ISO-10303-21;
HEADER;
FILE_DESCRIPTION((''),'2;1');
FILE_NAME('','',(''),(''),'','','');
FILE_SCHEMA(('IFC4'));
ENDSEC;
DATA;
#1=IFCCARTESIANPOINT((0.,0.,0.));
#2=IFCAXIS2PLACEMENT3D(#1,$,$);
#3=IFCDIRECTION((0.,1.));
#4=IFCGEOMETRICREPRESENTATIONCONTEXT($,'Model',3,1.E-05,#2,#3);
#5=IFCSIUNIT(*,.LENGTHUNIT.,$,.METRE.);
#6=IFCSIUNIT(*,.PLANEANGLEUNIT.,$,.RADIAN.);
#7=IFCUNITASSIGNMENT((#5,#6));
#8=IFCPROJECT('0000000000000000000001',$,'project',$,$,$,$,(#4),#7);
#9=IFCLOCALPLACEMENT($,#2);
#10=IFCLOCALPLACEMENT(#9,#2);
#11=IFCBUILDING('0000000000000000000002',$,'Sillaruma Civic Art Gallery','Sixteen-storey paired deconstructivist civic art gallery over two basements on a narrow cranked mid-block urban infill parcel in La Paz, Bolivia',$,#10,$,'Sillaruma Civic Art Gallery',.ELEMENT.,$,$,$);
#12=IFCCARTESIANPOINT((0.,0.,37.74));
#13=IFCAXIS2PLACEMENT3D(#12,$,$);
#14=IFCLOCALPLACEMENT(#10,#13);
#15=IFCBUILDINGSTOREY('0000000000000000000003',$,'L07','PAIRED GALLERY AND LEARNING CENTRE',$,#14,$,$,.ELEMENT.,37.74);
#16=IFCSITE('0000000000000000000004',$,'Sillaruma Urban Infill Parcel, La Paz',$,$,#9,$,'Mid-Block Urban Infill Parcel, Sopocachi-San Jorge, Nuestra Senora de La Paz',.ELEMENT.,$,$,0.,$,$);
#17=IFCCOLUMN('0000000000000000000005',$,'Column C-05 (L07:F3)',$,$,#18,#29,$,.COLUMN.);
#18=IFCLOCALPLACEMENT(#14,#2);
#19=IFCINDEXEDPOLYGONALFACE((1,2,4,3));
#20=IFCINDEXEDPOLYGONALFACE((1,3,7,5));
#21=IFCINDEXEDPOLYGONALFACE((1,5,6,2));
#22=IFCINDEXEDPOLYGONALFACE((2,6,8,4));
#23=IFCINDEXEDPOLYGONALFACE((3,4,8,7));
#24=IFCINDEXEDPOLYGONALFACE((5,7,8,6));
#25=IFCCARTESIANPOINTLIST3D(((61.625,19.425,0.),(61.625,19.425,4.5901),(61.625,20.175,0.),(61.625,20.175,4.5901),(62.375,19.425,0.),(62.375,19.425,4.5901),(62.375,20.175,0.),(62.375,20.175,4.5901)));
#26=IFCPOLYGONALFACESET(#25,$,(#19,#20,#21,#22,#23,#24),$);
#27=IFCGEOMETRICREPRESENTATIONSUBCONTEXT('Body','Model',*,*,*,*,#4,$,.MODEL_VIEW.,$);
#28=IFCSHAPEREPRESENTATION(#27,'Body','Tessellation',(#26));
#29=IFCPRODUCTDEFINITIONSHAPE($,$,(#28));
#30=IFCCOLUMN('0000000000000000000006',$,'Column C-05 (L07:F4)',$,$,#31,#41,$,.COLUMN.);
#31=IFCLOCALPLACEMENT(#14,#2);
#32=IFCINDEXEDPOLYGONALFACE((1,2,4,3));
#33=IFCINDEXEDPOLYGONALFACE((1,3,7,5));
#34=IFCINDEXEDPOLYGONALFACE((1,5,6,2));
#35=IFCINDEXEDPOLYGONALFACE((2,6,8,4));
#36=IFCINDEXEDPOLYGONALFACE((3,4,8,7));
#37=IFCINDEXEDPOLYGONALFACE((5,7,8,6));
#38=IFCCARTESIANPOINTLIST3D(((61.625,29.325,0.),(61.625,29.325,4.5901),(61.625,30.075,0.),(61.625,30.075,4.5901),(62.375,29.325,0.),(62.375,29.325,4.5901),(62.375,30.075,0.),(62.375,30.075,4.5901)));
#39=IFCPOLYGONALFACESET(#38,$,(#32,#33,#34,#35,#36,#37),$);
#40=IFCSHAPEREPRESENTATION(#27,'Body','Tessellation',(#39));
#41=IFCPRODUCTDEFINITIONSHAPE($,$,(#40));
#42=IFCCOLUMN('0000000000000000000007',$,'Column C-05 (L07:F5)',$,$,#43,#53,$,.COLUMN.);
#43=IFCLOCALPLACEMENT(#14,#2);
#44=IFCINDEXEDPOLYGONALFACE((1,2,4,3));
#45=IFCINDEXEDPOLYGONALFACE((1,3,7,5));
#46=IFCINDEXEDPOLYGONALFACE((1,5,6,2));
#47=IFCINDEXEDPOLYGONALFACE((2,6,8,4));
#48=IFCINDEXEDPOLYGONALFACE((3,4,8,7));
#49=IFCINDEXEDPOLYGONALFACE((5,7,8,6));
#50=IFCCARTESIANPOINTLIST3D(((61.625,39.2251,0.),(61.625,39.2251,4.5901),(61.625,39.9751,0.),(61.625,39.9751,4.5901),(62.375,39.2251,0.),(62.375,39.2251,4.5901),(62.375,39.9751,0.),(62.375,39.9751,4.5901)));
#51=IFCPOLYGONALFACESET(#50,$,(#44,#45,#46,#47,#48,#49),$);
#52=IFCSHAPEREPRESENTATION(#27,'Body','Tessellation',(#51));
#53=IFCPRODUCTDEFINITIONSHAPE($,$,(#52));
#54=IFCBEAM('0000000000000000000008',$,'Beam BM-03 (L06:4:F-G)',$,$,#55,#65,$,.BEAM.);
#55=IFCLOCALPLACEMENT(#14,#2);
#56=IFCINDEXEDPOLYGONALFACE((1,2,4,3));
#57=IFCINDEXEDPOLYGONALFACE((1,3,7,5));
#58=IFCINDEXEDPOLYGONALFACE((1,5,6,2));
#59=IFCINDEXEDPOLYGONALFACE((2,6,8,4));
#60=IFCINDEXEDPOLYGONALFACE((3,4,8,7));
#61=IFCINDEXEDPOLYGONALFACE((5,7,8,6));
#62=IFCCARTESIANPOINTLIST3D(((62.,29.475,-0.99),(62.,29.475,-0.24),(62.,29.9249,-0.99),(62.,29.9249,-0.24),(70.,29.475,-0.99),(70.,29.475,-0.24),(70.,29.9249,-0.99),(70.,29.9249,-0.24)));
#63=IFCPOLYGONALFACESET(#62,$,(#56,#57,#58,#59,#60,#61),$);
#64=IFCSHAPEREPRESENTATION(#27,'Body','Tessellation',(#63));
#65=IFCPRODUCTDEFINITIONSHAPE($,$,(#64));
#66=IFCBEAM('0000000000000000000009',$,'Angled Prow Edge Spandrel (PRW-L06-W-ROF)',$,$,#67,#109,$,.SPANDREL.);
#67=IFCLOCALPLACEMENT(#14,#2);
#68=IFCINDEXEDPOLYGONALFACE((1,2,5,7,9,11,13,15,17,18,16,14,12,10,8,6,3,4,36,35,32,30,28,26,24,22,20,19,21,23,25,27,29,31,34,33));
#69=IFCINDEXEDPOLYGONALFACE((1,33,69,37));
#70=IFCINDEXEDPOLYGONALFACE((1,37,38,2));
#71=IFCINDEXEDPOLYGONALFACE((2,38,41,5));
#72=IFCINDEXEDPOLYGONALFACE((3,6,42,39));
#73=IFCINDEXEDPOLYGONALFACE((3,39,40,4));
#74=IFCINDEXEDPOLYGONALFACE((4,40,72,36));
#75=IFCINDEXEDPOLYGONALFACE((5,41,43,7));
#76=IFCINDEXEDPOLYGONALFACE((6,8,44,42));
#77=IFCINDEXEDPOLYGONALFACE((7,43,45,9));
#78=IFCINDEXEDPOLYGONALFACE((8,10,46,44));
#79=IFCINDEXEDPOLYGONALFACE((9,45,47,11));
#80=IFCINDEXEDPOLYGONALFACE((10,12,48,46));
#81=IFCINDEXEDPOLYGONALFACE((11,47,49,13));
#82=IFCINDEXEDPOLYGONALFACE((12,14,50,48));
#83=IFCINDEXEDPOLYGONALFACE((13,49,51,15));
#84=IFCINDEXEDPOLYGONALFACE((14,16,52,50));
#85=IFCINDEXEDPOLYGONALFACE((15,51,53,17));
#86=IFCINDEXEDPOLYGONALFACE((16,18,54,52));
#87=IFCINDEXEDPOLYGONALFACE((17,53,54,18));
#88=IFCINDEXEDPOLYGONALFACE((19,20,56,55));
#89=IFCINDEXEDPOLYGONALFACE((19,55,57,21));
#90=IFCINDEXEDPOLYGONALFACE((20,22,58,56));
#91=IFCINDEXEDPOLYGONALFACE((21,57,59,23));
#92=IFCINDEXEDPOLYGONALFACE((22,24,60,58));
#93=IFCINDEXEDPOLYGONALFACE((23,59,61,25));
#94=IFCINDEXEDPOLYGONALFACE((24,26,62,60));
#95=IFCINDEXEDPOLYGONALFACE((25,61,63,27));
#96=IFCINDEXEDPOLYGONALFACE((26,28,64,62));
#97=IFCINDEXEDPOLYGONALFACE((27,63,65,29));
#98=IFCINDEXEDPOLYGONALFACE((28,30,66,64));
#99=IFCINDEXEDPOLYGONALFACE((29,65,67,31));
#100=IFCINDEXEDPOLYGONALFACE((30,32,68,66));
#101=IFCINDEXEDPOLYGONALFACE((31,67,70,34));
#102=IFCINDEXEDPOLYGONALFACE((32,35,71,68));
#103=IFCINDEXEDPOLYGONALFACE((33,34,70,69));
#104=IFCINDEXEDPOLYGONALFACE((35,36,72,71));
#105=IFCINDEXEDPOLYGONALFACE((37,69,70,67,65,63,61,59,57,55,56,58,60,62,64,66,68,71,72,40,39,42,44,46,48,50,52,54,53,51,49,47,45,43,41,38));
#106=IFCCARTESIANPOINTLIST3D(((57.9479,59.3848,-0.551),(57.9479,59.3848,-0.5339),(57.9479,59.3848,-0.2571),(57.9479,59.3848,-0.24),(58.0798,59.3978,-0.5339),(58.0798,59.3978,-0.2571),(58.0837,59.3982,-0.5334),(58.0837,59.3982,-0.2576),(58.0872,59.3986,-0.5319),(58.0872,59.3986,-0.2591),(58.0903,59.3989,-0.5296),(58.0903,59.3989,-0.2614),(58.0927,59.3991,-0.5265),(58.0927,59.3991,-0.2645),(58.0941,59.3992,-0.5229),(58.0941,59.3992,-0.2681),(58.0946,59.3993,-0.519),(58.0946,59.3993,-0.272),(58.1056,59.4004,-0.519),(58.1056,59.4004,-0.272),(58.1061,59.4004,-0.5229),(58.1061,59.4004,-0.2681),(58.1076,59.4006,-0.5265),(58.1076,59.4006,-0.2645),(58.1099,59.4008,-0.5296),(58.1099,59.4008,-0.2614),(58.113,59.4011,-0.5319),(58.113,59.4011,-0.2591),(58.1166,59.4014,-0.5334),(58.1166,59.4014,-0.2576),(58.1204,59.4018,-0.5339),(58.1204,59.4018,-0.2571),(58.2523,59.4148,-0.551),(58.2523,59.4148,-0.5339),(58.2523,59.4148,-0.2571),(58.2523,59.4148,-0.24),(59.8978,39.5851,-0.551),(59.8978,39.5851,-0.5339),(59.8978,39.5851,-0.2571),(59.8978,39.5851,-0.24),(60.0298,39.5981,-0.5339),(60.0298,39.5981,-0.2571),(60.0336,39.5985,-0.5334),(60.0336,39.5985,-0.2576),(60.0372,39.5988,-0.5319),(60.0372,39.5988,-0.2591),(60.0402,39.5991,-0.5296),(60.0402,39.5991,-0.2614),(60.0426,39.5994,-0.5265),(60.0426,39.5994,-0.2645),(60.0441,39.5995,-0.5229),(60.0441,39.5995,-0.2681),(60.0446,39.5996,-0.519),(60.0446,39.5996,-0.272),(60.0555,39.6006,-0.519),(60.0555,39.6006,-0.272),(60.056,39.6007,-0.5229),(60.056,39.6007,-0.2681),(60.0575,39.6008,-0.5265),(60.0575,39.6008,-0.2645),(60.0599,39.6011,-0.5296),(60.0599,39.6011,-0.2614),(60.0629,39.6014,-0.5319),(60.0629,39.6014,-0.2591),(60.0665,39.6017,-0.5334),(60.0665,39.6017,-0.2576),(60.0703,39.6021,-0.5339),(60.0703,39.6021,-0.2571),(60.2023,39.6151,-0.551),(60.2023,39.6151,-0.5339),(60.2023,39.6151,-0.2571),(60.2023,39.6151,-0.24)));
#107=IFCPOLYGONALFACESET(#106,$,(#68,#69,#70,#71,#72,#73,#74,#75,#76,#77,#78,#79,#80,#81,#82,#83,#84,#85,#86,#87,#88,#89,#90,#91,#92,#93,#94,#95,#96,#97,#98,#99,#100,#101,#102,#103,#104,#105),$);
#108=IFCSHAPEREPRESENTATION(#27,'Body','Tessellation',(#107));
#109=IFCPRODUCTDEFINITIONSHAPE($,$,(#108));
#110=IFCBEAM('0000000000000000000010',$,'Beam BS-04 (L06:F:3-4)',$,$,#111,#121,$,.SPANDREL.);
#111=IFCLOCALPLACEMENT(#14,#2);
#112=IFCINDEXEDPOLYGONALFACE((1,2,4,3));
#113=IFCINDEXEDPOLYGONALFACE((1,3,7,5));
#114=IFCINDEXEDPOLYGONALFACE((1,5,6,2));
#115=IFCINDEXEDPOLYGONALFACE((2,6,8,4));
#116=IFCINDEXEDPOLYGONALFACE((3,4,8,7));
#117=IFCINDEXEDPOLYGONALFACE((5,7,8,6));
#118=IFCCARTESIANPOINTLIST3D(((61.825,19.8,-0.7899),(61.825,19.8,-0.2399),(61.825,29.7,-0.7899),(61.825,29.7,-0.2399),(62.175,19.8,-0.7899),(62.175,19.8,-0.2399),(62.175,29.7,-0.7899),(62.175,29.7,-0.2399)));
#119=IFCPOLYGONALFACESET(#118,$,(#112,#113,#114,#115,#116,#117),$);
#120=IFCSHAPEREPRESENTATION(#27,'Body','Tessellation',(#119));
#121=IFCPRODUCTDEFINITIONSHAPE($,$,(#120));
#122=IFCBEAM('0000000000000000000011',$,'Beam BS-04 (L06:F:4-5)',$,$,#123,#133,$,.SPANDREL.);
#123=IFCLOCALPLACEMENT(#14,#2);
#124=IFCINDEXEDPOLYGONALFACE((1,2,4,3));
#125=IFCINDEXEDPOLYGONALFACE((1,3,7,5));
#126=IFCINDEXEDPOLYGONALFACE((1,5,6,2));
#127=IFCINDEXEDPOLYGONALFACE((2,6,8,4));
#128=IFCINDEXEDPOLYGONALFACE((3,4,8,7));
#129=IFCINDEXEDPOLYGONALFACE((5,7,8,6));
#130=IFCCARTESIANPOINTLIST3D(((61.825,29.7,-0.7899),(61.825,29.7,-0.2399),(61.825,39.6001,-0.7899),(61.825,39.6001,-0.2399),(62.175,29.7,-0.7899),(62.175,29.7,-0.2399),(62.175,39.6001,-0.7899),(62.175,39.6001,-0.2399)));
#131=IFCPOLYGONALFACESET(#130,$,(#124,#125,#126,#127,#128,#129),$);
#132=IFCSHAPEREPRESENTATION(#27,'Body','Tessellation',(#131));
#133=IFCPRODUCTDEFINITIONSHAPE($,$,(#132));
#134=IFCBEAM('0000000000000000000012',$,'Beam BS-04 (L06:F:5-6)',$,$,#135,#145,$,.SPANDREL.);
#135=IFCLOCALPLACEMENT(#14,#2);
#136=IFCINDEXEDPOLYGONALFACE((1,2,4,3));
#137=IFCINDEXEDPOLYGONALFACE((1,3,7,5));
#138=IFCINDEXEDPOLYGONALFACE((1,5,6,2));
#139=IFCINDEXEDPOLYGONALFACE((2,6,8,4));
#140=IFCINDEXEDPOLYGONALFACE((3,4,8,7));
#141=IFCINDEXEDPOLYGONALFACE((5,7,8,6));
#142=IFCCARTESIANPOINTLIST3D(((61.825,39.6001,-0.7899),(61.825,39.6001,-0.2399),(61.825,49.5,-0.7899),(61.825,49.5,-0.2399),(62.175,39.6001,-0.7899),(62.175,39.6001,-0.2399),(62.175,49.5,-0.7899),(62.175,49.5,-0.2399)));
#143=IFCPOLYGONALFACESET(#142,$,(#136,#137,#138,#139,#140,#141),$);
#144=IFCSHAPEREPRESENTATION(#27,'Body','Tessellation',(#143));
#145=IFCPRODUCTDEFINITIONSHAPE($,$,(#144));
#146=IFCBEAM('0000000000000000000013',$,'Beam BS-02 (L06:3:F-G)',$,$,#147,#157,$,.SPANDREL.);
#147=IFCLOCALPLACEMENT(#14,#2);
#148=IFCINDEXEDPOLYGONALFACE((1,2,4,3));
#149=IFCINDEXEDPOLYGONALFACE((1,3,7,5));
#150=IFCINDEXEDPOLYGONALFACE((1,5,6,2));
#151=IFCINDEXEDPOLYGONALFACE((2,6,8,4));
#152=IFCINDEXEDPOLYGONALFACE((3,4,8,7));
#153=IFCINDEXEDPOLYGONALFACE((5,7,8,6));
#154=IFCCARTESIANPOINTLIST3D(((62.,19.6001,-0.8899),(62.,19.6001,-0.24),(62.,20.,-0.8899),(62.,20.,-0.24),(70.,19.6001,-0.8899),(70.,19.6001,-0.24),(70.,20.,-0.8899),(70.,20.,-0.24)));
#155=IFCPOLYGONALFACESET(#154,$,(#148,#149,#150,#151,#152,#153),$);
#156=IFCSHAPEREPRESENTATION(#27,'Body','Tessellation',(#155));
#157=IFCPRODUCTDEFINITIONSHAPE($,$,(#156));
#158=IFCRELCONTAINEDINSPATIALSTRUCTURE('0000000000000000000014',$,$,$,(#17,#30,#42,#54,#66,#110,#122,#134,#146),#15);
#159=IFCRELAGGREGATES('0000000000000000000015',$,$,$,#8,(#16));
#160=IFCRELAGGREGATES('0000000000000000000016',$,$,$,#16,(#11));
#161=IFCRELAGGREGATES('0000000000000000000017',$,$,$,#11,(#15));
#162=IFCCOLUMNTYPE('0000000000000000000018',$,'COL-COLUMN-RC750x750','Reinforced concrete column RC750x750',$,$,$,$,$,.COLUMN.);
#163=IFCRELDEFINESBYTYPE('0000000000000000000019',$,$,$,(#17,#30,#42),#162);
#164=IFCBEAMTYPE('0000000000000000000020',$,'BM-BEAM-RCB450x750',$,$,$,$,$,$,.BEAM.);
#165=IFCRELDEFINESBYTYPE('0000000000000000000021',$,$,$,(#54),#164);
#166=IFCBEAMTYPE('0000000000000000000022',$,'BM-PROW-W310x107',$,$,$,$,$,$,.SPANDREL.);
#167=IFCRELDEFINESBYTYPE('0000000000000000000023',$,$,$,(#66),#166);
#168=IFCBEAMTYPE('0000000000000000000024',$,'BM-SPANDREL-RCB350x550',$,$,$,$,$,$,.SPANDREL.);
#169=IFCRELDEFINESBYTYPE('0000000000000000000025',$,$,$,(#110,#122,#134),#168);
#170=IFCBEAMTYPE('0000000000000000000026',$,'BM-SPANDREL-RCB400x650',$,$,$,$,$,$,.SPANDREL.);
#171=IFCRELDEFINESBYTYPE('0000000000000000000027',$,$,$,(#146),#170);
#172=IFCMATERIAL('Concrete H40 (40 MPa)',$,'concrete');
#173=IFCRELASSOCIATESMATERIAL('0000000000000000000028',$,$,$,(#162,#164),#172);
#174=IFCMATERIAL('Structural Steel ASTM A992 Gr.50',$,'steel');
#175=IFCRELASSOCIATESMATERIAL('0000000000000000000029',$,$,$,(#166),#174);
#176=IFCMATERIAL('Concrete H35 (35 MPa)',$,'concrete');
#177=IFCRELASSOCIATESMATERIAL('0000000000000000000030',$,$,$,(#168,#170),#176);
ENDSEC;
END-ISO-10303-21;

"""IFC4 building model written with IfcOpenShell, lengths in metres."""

from ifc_helpers import new_model, si_unit, direction, frame, origin, origin_2d, place, context, subcontext, project, spatial, rectangle, i_section, extrude, material, material_profile, profile_set, type_object, element, save


model = new_model("IFC4")

# Units and contexts
model_context = context("Model", 3, precision=1e-05, world=origin(), true_north=direction((0.0, 1.0)))
body_context = subcontext(model_context, "Body", "Model", "MODEL_VIEW")
ifc_project = project(units=[si_unit("LENGTHUNIT", "METRE"), si_unit("PLANEANGLEUNIT", "RADIAN")], contexts=[model_context])

# Site, building, storey
site_placement = place(None, origin())
site = spatial("IfcSite", under=ifc_project, at=site_placement, Name="Sillaruma Urban Infill Parcel, La Paz", LongName="Mid-Block Urban Infill Parcel, Sopocachi-San Jorge, Nuestra Senora de La Paz", CompositionType="ELEMENT", RefElevation=0.0)
building_placement = place(site_placement, origin())
building = spatial("IfcBuilding", under=site, at=building_placement, Name="Sillaruma Civic Art Gallery", Description="Sixteen-storey paired deconstructivist civic art gallery over two basements on a narrow cranked mid-block urban infill parcel in La Paz, Bolivia", LongName="Sillaruma Civic Art Gallery", CompositionType="ELEMENT")
storey_placement = place(building_placement, frame((0.0, 0.0, 37.74)))
storey = spatial("IfcBuildingStorey", under=building, at=storey_placement, Name="L07", Description="PAIRED GALLERY AND LEARNING CENTRE", CompositionType="ELEMENT", Elevation=37.74)

# Columns
ifc_material_1 = material(Name="Concrete H40 (40 MPa)", Category="concrete")
ifc_material_profile_1 = material_profile(ifc_material_1, rectangle(XDim=0.75, YDim=0.75, at=origin_2d()), Name="RC750x750")
ifc_profile_set_1 = profile_set([ifc_material_profile_1], Name="Concrete H40 (40 MPa)")
column_type = type_object("IfcColumnType", Name="COL-COLUMN-RC750x750", Description="Reinforced concrete column RC750x750", PredefinedType="COLUMN", material=ifc_profile_set_1)
for number, where, z_axis, x_axis, name in (
    (1, (62.0, 19.8, 0.0), (0.0, 0.0, 1.0), (1.0, 0.0, 0.0), "Column C-05 (L07:F3)"),
    (2, (62.0, 29.7, 0.0), (0.0, 0.0, 1.0), (1.0, 0.0, 0.0), "Column C-05 (L07:F4)"),
    (3, (62.0, 39.6001, 0.0), (0.0, 0.0, 1.0), (1.0, 0.0, 0.0), "Column C-05 (L07:F5)"),
):
    element("IfcColumn", number, at=place(storey_placement, frame(where, z_axis=z_axis, x_axis=x_axis)), inside=storey, type_object=column_type, Name=name, PredefinedType="COLUMN", context=body_context, shape_type="SweptSolid", body=[
        extrude(rectangle(XDim=0.75, YDim=0.75, at=origin_2d()), origin(), (0.0, 0.0, 1.0), 4.5901),
    ])

# Beams
ifc_material_profile_2 = material_profile(ifc_material_1, rectangle(XDim=0.45, YDim=0.75, at=origin_2d()), Name="RCB450x750")
ifc_profile_set_2 = profile_set([ifc_material_profile_2], Name="Concrete H40 (40 MPa)")
beam_type_1 = type_object("IfcBeamType", Name="BM-BEAM-RCB450x750", PredefinedType="BEAM", material=ifc_profile_set_2)
beam_1_placement = place(storey_placement, frame((62.0, 29.7, -0.615), z_axis=(1.0, 0.0, 0.0), x_axis=(0.0, 1.0, 0.0)))
element("IfcBeam", 4, at=beam_1_placement, inside=storey, type_object=beam_type_1, Name="Beam BM-03 (L06:4:F-G)", PredefinedType="BEAM", context=body_context, shape_type="SweptSolid", body=[
    extrude(rectangle(XDim=0.45, YDim=0.75, at=origin_2d()), origin(), (0.0, 0.0, 1.0), 8.0),
])
ifc_material_2 = material(Name="Structural Steel ASTM A992 Gr.50", Category="steel")
ifc_material_profile_3 = material_profile(ifc_material_2, i_section(OverallWidth=0.3059, OverallDepth=0.311, WebThickness=0.011, FlangeThickness=0.0171, FilletRadius=0.0149, at=origin_2d()), Name="W310x107")
ifc_profile_set_3 = profile_set([ifc_material_profile_3], Name="Structural Steel ASTM A992 Gr.50")
beam_type_2 = type_object("IfcBeamType", Name="BM-PROW-W310x107", PredefinedType="SPANDREL", material=ifc_profile_set_3)
beam_2_placement = place(storey_placement, frame((60.05, 39.6001, -0.3955), z_axis=(-0.098009, 0.995186, 0.0), x_axis=(-0.995186, -0.098009, 0.0)))
element("IfcBeam", 5, at=beam_2_placement, inside=storey, type_object=beam_type_2, Name="Angled Prow Edge Spandrel (PRW-L06-W-ROF)", PredefinedType="SPANDREL", context=body_context, shape_type="SweptSolid", body=[
    extrude(i_section(OverallWidth=0.3059, OverallDepth=0.311, WebThickness=0.011, FlangeThickness=0.0171, FilletRadius=0.0149, at=origin_2d()), origin(), (0.0, 0.0, 1.0), 19.8955),
])
ifc_material_3 = material(Name="Concrete H35 (35 MPa)", Category="concrete")
ifc_material_profile_4 = material_profile(ifc_material_3, rectangle(XDim=0.3501, YDim=0.55, at=origin_2d()), Name="RCB350x550")
ifc_profile_set_4 = profile_set([ifc_material_profile_4], Name="Concrete H35 (35 MPa)")
beam_type_3 = type_object("IfcBeamType", Name="BM-SPANDREL-RCB350x550", PredefinedType="SPANDREL", material=ifc_profile_set_4)
beam_3_placement = place(storey_placement, frame((62.0, 19.8, -0.5149), z_axis=(0.0, 1.0, 0.0), x_axis=(-1.0, 0.0, 0.0)))
element("IfcBeam", 6, at=beam_3_placement, inside=storey, type_object=beam_type_3, Name="Beam BS-04 (L06:F:3-4)", PredefinedType="SPANDREL", context=body_context, shape_type="SweptSolid", body=[
    extrude(rectangle(XDim=0.3501, YDim=0.55, at=origin_2d()), origin(), (0.0, 0.0, 1.0), 9.8999),
])
beam_4_placement = place(storey_placement, frame((62.0, 29.7, -0.5149), z_axis=(0.0, 1.0, 0.0), x_axis=(-1.0, 0.0, 0.0)))
element("IfcBeam", 7, at=beam_4_placement, inside=storey, type_object=beam_type_3, Name="Beam BS-04 (L06:F:4-5)", PredefinedType="SPANDREL", context=body_context, shape_type="SweptSolid", body=[
    extrude(rectangle(XDim=0.3501, YDim=0.55, at=origin_2d()), origin(), (0.0, 0.0, 1.0), 9.9001),
])
beam_5_placement = place(storey_placement, frame((62.0, 39.6001, -0.5149), z_axis=(0.0, 1.0, 0.0), x_axis=(-1.0, 0.0, 0.0)))
element("IfcBeam", 8, at=beam_5_placement, inside=storey, type_object=beam_type_3, Name="Beam BS-04 (L06:F:5-6)", PredefinedType="SPANDREL", context=body_context, shape_type="SweptSolid", body=[
    extrude(rectangle(XDim=0.3501, YDim=0.55, at=origin_2d()), origin(), (0.0, 0.0, 1.0), 9.8999),
])
ifc_material_profile_5 = material_profile(ifc_material_3, rectangle(XDim=0.3999, YDim=0.6499, at=origin_2d()), Name="RCB400x650")
ifc_profile_set_5 = profile_set([ifc_material_profile_5], Name="Concrete H35 (35 MPa)")
beam_type_4 = type_object("IfcBeamType", Name="BM-SPANDREL-RCB400x650", PredefinedType="SPANDREL", material=ifc_profile_set_5)
beam_6_placement = place(storey_placement, frame((62.0, 19.8, -0.5649), z_axis=(1.0, 0.0, 0.0), x_axis=(0.0, 1.0, 0.0)))
element("IfcBeam", 9, at=beam_6_placement, inside=storey, type_object=beam_type_4, Name="Beam BS-02 (L06:3:F-G)", PredefinedType="SPANDREL", context=body_context, shape_type="SweptSolid", body=[
    extrude(rectangle(XDim=0.3999, YDim=0.6499, at=origin_2d()), origin(), (0.0, 0.0, 1.0), 8.0),
])

save(model, "model.ifc")
